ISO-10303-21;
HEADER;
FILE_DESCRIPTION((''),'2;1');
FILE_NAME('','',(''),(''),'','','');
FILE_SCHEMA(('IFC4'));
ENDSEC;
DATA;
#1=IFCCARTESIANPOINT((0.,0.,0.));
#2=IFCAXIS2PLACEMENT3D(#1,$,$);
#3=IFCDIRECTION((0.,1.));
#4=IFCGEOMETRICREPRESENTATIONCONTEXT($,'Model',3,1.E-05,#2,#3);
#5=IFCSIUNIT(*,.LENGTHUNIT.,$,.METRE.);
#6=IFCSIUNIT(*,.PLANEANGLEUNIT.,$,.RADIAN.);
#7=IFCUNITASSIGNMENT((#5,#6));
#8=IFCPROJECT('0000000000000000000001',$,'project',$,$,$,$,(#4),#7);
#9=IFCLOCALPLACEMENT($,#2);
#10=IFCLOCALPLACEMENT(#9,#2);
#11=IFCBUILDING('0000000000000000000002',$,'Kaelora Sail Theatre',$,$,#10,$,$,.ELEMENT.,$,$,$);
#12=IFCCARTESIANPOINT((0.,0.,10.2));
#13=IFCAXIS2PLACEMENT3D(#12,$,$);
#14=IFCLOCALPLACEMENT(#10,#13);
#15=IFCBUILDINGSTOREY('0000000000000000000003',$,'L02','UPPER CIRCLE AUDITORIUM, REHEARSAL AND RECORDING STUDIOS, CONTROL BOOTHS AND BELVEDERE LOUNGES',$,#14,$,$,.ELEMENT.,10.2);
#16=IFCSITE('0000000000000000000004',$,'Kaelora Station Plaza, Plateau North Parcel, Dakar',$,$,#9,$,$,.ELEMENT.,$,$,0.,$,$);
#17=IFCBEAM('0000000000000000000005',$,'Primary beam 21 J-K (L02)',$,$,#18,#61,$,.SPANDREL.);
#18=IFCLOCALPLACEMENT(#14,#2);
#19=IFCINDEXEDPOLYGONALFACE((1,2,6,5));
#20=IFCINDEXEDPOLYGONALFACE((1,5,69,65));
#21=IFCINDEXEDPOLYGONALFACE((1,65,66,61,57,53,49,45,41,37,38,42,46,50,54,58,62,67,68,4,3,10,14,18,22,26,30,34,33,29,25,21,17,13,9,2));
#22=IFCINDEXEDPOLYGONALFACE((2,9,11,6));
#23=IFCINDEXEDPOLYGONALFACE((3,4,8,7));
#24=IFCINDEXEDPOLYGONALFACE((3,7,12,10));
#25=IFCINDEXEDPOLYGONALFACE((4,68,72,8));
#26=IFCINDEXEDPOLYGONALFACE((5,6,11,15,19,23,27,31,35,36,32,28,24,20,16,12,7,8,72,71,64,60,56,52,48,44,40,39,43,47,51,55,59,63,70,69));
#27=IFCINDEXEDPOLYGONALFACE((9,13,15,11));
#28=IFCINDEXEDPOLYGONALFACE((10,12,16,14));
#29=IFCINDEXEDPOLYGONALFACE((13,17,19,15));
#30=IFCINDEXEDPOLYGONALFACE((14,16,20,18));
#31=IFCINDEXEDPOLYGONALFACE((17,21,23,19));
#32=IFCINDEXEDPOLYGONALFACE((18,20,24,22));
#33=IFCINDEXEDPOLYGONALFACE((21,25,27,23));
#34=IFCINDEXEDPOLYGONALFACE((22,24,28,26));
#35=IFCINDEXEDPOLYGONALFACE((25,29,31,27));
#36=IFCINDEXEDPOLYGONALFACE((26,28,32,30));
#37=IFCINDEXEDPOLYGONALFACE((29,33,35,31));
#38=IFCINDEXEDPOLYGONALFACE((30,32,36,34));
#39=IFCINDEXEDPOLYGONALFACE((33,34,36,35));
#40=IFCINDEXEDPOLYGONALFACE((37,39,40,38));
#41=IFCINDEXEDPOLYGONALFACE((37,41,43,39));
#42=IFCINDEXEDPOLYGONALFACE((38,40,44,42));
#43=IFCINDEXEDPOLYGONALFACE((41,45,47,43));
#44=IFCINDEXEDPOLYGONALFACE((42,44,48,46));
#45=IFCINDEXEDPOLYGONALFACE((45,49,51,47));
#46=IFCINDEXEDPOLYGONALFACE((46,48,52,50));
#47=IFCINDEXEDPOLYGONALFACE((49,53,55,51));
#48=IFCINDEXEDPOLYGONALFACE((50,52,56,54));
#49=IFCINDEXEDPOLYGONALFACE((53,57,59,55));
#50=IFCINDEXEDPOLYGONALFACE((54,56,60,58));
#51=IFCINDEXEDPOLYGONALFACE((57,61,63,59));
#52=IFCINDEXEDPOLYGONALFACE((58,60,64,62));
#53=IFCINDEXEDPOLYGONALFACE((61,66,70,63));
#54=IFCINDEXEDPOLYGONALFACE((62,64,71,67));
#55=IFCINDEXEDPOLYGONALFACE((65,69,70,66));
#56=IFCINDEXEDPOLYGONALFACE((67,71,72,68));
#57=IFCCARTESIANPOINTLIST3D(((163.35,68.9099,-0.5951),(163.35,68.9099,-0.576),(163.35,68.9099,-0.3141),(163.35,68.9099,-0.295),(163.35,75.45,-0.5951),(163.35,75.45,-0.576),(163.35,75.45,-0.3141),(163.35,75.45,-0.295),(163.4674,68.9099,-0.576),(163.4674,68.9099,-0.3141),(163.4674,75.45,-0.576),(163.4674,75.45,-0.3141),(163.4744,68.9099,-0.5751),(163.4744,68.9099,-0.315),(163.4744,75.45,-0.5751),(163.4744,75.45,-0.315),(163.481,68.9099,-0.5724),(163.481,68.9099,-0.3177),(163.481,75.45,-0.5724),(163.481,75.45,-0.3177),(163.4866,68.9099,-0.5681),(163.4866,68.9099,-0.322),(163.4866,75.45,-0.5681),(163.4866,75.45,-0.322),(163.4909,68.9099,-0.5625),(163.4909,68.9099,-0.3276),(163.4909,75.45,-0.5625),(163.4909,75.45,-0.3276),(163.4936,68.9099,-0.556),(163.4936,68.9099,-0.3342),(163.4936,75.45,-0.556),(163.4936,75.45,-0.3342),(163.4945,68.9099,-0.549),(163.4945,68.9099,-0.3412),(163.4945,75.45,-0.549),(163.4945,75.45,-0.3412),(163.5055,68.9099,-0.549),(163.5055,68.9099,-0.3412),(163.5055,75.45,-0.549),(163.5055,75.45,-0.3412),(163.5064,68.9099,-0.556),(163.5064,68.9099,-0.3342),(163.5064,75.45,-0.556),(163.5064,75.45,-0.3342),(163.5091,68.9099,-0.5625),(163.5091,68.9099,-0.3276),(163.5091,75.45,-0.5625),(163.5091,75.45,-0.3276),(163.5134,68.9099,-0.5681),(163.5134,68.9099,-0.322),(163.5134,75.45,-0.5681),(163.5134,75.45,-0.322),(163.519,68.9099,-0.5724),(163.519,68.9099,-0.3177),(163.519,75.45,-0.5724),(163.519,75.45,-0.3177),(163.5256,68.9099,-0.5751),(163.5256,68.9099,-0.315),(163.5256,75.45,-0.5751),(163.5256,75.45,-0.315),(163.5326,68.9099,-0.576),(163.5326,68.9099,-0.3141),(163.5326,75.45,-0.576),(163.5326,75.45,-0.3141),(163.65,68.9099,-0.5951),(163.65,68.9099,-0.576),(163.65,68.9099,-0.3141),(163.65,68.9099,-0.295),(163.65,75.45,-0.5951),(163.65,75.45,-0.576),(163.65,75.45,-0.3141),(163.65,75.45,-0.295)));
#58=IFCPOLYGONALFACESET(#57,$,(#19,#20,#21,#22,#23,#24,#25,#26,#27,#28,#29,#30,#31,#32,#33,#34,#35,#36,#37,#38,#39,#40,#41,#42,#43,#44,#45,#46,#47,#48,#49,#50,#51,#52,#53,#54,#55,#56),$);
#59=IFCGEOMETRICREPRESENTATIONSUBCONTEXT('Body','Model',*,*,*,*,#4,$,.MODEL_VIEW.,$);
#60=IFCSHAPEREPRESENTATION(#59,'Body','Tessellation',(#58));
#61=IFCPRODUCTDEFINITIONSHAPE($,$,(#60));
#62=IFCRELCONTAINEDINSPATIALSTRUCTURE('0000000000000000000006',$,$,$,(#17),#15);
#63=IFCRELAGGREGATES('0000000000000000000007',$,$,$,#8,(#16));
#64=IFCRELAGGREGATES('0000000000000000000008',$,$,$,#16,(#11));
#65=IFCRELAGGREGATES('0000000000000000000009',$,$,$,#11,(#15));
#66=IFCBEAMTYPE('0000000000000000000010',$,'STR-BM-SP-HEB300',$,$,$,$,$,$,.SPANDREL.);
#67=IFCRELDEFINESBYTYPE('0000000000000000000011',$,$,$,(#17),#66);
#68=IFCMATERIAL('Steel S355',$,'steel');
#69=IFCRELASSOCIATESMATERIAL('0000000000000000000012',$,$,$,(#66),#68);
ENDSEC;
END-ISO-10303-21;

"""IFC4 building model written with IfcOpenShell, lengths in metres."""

from ifc_helpers import new_model, si_unit, direction, frame, origin, origin_2d, place, context, subcontext, project, spatial, i_section, extrude, material, material_profile, profile_set, type_object, element, save


model = new_model("IFC4")

# Units and contexts
model_context = context("Model", 3, precision=1e-05, world=origin(), true_north=direction((0.0, 1.0)))
body_context = subcontext(model_context, "Body", "Model", "MODEL_VIEW")
ifc_project = project(units=[si_unit("LENGTHUNIT", "METRE"), si_unit("PLANEANGLEUNIT", "RADIAN")], contexts=[model_context])

# Site, building, storey
site_placement = place(None, origin())
site = spatial("IfcSite", under=ifc_project, at=site_placement, Name="Kaelora Station Plaza, Plateau North Parcel, Dakar", CompositionType="ELEMENT", RefElevation=0.0)
building_placement = place(site_placement, origin())
building = spatial("IfcBuilding", under=site, at=building_placement, Name="Kaelora Sail Theatre", CompositionType="ELEMENT")
storey_placement = place(building_placement, frame((0.0, 0.0, 10.2)))
storey = spatial("IfcBuildingStorey", under=building, at=storey_placement, Name="L02", Description="UPPER CIRCLE AUDITORIUM, REHEARSAL AND RECORDING STUDIOS, CONTROL BOOTHS AND BELVEDERE LOUNGES", CompositionType="ELEMENT", Elevation=10.2)

# Beam
ifc_material_1 = material(Name="Steel S355", Category="steel")
ifc_material_profile_1 = material_profile(ifc_material_1, i_section(OverallWidth=0.3, OverallDepth=0.3, WebThickness=0.011, FlangeThickness=0.019, FilletRadius=0.0271, at=origin_2d()), Name="HEB 300")
ifc_profile_set_1 = profile_set([ifc_material_profile_1], Name="Steel S355")
beam_type_1 = type_object("IfcBeamType", Name="STR-BM-SP-HEB300", PredefinedType="SPANDREL", material=ifc_profile_set_1)
beam_1_placement = place(storey_placement, frame((163.5, 68.9099, -0.4451), z_axis=(0.0, 1.0, 0.0), x_axis=(-1.0, 0.0, 0.0)))
element("IfcBeam", 1, at=beam_1_placement, inside=storey, type_object=beam_type_1, Name="Primary beam 21 J-K (L02)", PredefinedType="SPANDREL", context=body_context, shape_type="SweptSolid", body=[
    extrude(i_section(OverallWidth=0.3, OverallDepth=0.3, WebThickness=0.011, FlangeThickness=0.019, FilletRadius=0.0271, at=origin_2d()), origin(), (0.0, 0.0, 1.0), 6.54),
])

save(model, "model.ifc")
